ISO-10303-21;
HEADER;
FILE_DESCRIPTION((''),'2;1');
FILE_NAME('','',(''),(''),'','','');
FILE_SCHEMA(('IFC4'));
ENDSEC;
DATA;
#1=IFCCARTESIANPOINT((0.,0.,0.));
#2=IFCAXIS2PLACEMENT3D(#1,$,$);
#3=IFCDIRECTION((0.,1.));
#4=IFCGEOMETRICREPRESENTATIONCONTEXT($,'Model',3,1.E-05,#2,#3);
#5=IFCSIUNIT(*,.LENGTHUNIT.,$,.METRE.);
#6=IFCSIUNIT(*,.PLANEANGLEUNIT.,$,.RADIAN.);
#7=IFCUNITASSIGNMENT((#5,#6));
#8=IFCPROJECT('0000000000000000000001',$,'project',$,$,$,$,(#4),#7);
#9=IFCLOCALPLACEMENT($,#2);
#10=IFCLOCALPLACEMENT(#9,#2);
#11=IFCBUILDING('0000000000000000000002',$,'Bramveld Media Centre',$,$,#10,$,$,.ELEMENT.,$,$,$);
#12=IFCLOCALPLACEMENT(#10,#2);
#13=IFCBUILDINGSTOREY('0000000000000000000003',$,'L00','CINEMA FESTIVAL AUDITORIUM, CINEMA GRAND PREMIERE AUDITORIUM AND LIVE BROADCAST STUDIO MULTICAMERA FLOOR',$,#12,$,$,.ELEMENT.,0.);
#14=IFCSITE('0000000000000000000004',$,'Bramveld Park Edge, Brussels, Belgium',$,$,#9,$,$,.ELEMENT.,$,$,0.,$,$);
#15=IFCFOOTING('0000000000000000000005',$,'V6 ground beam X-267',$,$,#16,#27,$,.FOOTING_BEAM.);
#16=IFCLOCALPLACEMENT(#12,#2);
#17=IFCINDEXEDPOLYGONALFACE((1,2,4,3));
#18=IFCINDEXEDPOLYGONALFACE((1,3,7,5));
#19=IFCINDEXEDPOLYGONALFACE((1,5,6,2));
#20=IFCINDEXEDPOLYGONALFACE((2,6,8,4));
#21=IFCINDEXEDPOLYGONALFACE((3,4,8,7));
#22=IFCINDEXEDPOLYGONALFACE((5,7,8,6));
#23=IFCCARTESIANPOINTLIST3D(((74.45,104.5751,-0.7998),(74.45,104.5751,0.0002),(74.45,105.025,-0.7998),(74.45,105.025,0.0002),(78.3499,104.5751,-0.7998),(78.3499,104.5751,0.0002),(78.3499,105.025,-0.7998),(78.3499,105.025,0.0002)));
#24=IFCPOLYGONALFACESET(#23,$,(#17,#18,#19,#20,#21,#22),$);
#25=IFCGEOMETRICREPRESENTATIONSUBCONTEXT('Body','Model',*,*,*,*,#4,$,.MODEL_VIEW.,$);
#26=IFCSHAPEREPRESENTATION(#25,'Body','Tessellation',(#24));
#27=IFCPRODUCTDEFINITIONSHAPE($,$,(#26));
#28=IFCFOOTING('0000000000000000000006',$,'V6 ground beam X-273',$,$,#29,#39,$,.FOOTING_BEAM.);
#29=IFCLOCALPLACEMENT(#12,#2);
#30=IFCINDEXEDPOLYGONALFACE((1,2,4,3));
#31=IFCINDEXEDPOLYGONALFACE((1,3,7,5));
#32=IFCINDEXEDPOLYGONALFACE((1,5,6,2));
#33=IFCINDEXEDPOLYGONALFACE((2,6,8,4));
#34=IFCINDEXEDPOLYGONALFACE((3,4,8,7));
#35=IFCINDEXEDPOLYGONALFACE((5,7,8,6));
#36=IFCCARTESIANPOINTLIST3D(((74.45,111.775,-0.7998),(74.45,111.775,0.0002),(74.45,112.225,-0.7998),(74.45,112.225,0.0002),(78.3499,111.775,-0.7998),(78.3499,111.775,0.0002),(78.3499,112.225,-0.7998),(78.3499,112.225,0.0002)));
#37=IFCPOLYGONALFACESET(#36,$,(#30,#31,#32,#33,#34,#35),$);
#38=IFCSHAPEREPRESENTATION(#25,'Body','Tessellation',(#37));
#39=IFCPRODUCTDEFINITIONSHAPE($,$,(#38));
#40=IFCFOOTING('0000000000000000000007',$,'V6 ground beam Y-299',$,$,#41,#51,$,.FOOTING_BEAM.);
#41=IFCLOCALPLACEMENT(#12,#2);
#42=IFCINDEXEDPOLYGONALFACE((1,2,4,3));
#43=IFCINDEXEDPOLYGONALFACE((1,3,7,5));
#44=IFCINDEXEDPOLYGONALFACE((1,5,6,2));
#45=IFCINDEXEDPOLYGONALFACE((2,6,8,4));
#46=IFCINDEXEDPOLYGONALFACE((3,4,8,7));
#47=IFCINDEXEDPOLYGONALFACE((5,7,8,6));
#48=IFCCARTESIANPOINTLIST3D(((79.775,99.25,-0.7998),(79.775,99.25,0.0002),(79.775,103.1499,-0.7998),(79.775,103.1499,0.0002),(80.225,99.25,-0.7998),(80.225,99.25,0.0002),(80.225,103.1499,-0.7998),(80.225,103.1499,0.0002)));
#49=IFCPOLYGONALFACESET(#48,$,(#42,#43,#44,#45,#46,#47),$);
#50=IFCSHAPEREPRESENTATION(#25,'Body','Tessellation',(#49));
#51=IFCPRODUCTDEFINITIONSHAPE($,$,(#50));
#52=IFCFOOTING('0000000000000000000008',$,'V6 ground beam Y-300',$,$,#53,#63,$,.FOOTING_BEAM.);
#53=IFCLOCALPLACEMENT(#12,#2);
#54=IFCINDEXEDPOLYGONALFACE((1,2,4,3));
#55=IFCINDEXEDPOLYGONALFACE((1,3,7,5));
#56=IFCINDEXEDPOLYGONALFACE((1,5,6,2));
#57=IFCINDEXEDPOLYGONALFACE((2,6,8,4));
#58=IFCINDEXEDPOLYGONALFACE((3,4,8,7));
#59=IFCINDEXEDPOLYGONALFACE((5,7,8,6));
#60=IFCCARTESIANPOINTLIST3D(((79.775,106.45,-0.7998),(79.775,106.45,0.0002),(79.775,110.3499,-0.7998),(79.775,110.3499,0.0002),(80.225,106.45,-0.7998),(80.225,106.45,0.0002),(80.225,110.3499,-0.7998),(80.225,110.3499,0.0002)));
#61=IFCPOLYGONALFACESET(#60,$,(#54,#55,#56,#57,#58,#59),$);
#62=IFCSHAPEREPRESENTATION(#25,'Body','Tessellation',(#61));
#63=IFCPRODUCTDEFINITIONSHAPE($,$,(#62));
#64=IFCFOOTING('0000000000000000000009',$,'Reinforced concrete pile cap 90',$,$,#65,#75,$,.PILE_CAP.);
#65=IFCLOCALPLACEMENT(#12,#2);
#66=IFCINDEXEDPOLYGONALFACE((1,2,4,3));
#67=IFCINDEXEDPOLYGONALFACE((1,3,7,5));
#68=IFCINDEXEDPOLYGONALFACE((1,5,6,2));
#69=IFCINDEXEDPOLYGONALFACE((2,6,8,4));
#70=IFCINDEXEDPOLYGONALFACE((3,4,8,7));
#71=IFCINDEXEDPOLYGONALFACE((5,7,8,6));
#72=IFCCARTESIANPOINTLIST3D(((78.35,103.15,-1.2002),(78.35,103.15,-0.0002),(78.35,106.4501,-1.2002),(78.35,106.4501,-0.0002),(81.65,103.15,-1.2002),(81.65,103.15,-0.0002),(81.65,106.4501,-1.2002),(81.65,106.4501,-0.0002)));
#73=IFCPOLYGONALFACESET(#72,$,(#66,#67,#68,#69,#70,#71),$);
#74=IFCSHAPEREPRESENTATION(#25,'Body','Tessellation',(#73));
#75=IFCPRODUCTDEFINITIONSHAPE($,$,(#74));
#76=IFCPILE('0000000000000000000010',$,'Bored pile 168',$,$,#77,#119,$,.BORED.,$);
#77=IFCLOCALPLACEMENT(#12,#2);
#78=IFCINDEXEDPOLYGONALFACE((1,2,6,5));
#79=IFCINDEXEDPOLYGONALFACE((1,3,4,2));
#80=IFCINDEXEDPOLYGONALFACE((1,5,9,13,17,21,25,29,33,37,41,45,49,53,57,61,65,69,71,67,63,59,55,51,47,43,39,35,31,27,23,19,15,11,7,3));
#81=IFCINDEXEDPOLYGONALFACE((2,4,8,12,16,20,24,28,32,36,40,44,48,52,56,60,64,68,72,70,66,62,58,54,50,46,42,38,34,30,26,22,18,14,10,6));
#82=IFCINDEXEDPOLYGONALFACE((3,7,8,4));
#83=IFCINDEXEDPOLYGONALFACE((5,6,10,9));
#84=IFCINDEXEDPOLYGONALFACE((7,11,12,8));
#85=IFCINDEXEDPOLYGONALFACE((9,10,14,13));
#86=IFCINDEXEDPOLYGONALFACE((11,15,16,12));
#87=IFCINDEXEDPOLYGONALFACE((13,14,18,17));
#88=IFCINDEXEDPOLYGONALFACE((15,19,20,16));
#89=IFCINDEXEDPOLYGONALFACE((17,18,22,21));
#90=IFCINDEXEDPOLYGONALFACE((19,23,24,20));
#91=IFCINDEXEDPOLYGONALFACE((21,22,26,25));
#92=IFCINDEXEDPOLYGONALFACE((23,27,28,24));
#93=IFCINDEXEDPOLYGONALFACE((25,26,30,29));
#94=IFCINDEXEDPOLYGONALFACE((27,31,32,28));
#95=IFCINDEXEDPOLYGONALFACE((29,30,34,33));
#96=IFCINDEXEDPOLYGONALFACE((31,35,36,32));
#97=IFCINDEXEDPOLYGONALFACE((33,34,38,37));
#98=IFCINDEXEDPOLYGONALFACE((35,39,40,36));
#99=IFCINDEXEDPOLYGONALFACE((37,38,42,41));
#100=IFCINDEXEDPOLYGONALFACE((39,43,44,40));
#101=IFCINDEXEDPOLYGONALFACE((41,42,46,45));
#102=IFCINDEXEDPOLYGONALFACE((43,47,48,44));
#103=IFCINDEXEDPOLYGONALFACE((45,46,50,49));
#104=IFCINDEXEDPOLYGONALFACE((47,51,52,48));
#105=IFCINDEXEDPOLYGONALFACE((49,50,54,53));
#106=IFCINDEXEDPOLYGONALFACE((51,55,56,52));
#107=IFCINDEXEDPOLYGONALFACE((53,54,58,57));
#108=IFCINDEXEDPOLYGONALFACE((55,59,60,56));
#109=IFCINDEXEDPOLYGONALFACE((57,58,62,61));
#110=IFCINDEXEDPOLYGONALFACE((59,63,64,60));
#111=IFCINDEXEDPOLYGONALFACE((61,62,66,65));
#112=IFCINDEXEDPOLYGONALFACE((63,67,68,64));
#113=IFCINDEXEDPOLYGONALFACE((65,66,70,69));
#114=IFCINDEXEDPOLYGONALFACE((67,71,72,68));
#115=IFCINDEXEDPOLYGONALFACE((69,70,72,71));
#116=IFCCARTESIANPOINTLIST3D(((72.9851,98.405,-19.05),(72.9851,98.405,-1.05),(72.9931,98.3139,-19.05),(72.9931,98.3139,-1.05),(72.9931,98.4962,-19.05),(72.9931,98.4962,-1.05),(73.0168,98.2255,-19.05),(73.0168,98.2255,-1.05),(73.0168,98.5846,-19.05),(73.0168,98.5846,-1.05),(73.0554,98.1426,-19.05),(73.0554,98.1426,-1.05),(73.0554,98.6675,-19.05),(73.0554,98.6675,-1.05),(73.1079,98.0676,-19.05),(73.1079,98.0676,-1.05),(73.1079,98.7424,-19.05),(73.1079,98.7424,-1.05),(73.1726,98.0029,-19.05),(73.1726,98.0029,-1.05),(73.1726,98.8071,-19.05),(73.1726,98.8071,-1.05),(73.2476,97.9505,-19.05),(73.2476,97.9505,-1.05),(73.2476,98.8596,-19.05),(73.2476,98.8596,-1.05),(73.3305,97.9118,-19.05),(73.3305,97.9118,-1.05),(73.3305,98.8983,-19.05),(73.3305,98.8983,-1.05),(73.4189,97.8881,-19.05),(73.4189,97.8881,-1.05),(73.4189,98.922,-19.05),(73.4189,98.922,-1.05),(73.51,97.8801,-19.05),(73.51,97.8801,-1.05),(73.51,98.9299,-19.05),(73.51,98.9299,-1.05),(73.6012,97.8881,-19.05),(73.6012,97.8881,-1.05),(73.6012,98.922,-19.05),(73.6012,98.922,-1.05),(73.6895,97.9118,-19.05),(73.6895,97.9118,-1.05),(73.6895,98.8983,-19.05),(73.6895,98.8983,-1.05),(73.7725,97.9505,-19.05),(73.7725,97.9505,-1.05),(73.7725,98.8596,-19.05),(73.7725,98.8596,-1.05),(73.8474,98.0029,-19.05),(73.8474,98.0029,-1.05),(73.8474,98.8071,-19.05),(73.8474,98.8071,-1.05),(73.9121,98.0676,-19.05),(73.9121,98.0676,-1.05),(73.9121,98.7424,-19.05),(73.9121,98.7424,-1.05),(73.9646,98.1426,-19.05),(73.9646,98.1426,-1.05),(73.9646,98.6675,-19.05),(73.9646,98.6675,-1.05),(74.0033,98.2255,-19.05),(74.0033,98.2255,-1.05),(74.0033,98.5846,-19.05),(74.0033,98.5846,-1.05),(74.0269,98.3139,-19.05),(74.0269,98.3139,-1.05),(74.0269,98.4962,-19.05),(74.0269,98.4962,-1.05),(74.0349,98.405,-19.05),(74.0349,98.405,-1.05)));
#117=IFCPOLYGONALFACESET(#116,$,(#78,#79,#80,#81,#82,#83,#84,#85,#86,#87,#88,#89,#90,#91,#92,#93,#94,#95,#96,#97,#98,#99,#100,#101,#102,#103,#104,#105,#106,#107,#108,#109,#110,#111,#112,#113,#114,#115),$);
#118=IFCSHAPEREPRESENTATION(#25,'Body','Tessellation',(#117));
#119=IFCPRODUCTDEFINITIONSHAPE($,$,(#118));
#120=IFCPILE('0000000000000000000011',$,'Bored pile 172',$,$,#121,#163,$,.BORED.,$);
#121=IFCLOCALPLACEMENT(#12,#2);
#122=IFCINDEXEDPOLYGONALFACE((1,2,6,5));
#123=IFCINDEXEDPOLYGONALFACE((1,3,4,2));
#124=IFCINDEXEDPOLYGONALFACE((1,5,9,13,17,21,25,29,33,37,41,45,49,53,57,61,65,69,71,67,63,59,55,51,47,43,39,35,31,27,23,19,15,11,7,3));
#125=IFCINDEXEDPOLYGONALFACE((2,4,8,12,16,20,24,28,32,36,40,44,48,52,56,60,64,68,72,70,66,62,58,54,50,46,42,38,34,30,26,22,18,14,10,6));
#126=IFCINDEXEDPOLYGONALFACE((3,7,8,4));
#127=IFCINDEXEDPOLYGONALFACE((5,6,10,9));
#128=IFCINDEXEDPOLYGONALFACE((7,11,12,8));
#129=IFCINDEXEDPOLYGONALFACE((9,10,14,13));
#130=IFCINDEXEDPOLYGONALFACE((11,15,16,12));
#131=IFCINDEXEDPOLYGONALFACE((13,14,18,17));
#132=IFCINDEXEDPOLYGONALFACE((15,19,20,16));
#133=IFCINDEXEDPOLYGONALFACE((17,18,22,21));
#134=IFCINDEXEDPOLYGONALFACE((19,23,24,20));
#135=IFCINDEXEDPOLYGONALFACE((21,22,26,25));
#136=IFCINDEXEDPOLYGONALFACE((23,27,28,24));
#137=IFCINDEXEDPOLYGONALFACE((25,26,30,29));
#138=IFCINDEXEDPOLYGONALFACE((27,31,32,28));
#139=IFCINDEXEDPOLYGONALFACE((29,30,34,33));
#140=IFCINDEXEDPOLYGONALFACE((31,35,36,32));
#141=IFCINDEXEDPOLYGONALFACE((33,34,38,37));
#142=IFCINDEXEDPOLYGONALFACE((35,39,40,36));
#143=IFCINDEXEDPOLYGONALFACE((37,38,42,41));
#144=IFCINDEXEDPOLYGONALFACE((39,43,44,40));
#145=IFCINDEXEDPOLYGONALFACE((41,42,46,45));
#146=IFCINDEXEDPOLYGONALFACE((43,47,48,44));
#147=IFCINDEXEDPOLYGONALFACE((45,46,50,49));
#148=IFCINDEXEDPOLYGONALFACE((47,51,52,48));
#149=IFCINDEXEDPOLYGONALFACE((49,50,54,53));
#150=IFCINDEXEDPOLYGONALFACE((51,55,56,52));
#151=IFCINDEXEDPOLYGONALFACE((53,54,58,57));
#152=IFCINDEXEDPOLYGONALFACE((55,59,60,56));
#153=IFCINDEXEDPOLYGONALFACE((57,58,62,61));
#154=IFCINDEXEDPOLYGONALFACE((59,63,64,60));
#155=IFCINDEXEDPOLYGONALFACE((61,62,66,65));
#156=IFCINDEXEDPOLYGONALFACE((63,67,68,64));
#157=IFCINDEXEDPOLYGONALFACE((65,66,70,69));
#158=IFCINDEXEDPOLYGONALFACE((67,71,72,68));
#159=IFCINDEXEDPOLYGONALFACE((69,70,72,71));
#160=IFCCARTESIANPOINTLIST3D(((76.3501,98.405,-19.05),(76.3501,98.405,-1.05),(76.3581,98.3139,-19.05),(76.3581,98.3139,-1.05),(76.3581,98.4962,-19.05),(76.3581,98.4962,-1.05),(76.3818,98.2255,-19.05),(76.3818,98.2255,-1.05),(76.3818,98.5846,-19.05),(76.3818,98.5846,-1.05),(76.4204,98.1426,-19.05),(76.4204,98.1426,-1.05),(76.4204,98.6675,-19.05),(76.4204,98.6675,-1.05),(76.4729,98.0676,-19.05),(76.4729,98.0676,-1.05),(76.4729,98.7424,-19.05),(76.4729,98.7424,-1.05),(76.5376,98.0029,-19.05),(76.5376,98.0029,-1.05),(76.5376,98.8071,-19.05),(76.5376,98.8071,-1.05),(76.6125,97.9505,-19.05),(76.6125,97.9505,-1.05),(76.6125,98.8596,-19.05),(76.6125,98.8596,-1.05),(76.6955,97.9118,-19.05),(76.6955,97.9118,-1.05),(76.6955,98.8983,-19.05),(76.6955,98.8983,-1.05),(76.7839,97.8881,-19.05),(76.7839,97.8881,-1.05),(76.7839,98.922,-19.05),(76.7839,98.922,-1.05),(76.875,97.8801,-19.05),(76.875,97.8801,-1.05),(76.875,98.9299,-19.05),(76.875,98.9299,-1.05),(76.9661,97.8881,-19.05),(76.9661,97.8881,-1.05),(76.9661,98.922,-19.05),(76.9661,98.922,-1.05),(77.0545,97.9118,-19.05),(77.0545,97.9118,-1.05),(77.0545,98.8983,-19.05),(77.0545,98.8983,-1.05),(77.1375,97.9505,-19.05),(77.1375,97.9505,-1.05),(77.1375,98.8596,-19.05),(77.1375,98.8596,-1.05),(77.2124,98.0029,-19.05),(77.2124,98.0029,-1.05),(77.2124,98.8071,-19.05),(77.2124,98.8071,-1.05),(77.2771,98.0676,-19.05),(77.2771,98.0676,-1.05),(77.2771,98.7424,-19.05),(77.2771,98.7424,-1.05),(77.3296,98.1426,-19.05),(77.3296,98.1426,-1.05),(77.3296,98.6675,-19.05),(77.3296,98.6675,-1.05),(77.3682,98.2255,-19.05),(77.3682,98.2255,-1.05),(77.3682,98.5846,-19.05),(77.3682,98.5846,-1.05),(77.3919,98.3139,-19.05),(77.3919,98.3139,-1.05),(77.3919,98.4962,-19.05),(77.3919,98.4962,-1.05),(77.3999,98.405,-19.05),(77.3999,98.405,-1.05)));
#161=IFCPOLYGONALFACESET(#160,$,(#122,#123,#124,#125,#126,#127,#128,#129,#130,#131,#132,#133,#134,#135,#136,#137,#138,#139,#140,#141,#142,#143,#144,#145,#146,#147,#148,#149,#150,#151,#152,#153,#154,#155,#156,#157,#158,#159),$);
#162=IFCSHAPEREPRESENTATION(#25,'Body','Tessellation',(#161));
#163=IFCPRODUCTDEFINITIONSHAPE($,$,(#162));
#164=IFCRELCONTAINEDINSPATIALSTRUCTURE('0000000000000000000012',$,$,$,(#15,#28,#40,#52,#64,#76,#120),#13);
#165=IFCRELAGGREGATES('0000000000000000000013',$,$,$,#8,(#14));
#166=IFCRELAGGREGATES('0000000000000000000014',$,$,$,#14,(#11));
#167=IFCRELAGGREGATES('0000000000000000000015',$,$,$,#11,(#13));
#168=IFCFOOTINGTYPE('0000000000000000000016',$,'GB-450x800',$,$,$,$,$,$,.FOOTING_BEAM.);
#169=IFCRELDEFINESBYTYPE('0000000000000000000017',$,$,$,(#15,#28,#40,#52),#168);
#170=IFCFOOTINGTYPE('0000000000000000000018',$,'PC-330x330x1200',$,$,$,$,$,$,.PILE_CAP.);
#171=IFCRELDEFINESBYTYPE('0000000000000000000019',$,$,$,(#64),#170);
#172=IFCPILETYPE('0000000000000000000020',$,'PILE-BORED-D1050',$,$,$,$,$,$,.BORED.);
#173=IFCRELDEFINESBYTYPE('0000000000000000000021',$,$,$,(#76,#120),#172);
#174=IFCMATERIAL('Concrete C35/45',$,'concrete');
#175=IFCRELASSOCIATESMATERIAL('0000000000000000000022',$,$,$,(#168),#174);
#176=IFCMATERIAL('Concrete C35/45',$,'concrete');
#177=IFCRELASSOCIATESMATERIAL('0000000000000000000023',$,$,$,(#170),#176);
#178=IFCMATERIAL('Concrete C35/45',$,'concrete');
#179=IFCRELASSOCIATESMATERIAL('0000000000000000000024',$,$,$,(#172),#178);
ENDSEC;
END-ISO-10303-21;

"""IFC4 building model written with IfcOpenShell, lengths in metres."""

from ifc_helpers import new_model, si_unit, direction, frame, origin, origin_2d, place, context, subcontext, project, spatial, rectangle, circle, extrude, material, material_profile, profile_set, type_object, element, save


model = new_model("IFC4")

# Units and contexts
model_context = context("Model", 3, precision=1e-05, world=origin(), true_north=direction((0.0, 1.0)))
body_context = subcontext(model_context, "Body", "Model", "MODEL_VIEW")
ifc_project = project(units=[si_unit("LENGTHUNIT", "METRE"), si_unit("PLANEANGLEUNIT", "RADIAN")], contexts=[model_context])

# Site, building, storey
site_placement = place(None, origin())
site = spatial("IfcSite", under=ifc_project, at=site_placement, Name="Bramveld Park Edge, Brussels, Belgium", CompositionType="ELEMENT", RefElevation=0.0)
building_placement = place(site_placement, origin())
building = spatial("IfcBuilding", under=site, at=building_placement, Name="Bramveld Media Centre", CompositionType="ELEMENT")
storey_placement = place(building_placement, origin())
storey = spatial("IfcBuildingStorey", under=building, at=storey_placement, Name="L00", Description="CINEMA FESTIVAL AUDITORIUM, CINEMA GRAND PREMIERE AUDITORIUM AND LIVE BROADCAST STUDIO MULTICAMERA FLOOR", CompositionType="ELEMENT", Elevation=0.0)

# Footings
ifc_material_1 = material(Name="Concrete C35/45", Category="concrete")
footing_type_1 = type_object("IfcFootingType", Name="GB-450x800", PredefinedType="FOOTING_BEAM", material=ifc_material_1)
for number, where, z_axis, x_axis, name in (
    (1, (76.3999, 104.8, -0.7998), (0.0, 0.0, 1.0), (1.0, 0.0, 0.0), "V6 ground beam X-267"),
    (2, (76.3999, 112.0, -0.7998), (0.0, 0.0, 1.0), (1.0, 0.0, 0.0), "V6 ground beam X-273"),
):
    element("IfcFooting", number, at=place(storey_placement, frame(where, z_axis=z_axis, x_axis=x_axis)), inside=storey, type_object=footing_type_1, Name=name, PredefinedType="FOOTING_BEAM", context=body_context, shape_type="SweptSolid", body=[
        extrude(rectangle(XDim=3.8999, YDim=0.45, at=origin_2d()), origin(), (0.0, 0.0, 1.0), 0.8),
    ])
for number, where, z_axis, x_axis, name in (
    (3, (80.0, 101.2, -0.7998), (0.0, 0.0, 1.0), (1.0, 0.0, 0.0), "V6 ground beam Y-299"),
    (4, (80.0, 108.3999, -0.7998), (0.0, 0.0, 1.0), (1.0, 0.0, 0.0), "V6 ground beam Y-300"),
):
    element("IfcFooting", number, at=place(storey_placement, frame(where, z_axis=z_axis, x_axis=x_axis)), inside=storey, type_object=footing_type_1, Name=name, PredefinedType="FOOTING_BEAM", context=body_context, shape_type="SweptSolid", body=[
        extrude(rectangle(XDim=0.45, YDim=3.8999, at=origin_2d()), origin(), (0.0, 0.0, 1.0), 0.8),
    ])
ifc_material_2 = material(Name="Concrete C35/45", Category="concrete")
footing_type_2 = type_object("IfcFootingType", Name="PC-330x330x1200", PredefinedType="PILE_CAP", material=ifc_material_2)
footing_placement = place(storey_placement, frame((80.0, 104.8, -1.2002), z_axis=(0.0, 0.0, 1.0), x_axis=(1.0, 0.0, 0.0)))
element("IfcFooting", 5, at=footing_placement, inside=storey, type_object=footing_type_2, Name="Reinforced concrete pile cap 90", PredefinedType="PILE_CAP", context=body_context, shape_type="SweptSolid", body=[
    extrude(rectangle(XDim=3.3, YDim=3.3, at=origin_2d()), origin(), (0.0, 0.0, 1.0), 1.2),
])

# Piles
ifc_material_3 = material(Name="Concrete C35/45", Category="concrete")
ifc_material_profile_1 = material_profile(ifc_material_3, circle(Radius=0.5249, at=origin_2d()), Name="BORED D1050")
ifc_profile_set_1 = profile_set([ifc_material_profile_1], Name="Concrete C35/45")
pile_type_1 = type_object("IfcPileType", Name="PILE-BORED-D1050", PredefinedType="BORED", material=ifc_profile_set_1)
for number, where, z_axis, x_axis, name in (
    (6, (73.51, 98.405, -1.05), (0.0, 0.0, -1.0), (1.0, 0.0, 0.0), "Bored pile 168"),
    (7, (76.875, 98.405, -1.05), (0.0, 0.0, -1.0), (1.0, 0.0, 0.0), "Bored pile 172"),
):
    element("IfcPile", number, at=place(storey_placement, frame(where, z_axis=z_axis, x_axis=x_axis)), inside=storey, type_object=pile_type_1, Name=name, PredefinedType="BORED", context=body_context, shape_type="SweptSolid", body=[
        extrude(circle(Radius=0.5249, at=origin_2d()), origin(), (0.0, 0.0, 1.0), 18.0),
    ])

save(model, "model.ifc")
